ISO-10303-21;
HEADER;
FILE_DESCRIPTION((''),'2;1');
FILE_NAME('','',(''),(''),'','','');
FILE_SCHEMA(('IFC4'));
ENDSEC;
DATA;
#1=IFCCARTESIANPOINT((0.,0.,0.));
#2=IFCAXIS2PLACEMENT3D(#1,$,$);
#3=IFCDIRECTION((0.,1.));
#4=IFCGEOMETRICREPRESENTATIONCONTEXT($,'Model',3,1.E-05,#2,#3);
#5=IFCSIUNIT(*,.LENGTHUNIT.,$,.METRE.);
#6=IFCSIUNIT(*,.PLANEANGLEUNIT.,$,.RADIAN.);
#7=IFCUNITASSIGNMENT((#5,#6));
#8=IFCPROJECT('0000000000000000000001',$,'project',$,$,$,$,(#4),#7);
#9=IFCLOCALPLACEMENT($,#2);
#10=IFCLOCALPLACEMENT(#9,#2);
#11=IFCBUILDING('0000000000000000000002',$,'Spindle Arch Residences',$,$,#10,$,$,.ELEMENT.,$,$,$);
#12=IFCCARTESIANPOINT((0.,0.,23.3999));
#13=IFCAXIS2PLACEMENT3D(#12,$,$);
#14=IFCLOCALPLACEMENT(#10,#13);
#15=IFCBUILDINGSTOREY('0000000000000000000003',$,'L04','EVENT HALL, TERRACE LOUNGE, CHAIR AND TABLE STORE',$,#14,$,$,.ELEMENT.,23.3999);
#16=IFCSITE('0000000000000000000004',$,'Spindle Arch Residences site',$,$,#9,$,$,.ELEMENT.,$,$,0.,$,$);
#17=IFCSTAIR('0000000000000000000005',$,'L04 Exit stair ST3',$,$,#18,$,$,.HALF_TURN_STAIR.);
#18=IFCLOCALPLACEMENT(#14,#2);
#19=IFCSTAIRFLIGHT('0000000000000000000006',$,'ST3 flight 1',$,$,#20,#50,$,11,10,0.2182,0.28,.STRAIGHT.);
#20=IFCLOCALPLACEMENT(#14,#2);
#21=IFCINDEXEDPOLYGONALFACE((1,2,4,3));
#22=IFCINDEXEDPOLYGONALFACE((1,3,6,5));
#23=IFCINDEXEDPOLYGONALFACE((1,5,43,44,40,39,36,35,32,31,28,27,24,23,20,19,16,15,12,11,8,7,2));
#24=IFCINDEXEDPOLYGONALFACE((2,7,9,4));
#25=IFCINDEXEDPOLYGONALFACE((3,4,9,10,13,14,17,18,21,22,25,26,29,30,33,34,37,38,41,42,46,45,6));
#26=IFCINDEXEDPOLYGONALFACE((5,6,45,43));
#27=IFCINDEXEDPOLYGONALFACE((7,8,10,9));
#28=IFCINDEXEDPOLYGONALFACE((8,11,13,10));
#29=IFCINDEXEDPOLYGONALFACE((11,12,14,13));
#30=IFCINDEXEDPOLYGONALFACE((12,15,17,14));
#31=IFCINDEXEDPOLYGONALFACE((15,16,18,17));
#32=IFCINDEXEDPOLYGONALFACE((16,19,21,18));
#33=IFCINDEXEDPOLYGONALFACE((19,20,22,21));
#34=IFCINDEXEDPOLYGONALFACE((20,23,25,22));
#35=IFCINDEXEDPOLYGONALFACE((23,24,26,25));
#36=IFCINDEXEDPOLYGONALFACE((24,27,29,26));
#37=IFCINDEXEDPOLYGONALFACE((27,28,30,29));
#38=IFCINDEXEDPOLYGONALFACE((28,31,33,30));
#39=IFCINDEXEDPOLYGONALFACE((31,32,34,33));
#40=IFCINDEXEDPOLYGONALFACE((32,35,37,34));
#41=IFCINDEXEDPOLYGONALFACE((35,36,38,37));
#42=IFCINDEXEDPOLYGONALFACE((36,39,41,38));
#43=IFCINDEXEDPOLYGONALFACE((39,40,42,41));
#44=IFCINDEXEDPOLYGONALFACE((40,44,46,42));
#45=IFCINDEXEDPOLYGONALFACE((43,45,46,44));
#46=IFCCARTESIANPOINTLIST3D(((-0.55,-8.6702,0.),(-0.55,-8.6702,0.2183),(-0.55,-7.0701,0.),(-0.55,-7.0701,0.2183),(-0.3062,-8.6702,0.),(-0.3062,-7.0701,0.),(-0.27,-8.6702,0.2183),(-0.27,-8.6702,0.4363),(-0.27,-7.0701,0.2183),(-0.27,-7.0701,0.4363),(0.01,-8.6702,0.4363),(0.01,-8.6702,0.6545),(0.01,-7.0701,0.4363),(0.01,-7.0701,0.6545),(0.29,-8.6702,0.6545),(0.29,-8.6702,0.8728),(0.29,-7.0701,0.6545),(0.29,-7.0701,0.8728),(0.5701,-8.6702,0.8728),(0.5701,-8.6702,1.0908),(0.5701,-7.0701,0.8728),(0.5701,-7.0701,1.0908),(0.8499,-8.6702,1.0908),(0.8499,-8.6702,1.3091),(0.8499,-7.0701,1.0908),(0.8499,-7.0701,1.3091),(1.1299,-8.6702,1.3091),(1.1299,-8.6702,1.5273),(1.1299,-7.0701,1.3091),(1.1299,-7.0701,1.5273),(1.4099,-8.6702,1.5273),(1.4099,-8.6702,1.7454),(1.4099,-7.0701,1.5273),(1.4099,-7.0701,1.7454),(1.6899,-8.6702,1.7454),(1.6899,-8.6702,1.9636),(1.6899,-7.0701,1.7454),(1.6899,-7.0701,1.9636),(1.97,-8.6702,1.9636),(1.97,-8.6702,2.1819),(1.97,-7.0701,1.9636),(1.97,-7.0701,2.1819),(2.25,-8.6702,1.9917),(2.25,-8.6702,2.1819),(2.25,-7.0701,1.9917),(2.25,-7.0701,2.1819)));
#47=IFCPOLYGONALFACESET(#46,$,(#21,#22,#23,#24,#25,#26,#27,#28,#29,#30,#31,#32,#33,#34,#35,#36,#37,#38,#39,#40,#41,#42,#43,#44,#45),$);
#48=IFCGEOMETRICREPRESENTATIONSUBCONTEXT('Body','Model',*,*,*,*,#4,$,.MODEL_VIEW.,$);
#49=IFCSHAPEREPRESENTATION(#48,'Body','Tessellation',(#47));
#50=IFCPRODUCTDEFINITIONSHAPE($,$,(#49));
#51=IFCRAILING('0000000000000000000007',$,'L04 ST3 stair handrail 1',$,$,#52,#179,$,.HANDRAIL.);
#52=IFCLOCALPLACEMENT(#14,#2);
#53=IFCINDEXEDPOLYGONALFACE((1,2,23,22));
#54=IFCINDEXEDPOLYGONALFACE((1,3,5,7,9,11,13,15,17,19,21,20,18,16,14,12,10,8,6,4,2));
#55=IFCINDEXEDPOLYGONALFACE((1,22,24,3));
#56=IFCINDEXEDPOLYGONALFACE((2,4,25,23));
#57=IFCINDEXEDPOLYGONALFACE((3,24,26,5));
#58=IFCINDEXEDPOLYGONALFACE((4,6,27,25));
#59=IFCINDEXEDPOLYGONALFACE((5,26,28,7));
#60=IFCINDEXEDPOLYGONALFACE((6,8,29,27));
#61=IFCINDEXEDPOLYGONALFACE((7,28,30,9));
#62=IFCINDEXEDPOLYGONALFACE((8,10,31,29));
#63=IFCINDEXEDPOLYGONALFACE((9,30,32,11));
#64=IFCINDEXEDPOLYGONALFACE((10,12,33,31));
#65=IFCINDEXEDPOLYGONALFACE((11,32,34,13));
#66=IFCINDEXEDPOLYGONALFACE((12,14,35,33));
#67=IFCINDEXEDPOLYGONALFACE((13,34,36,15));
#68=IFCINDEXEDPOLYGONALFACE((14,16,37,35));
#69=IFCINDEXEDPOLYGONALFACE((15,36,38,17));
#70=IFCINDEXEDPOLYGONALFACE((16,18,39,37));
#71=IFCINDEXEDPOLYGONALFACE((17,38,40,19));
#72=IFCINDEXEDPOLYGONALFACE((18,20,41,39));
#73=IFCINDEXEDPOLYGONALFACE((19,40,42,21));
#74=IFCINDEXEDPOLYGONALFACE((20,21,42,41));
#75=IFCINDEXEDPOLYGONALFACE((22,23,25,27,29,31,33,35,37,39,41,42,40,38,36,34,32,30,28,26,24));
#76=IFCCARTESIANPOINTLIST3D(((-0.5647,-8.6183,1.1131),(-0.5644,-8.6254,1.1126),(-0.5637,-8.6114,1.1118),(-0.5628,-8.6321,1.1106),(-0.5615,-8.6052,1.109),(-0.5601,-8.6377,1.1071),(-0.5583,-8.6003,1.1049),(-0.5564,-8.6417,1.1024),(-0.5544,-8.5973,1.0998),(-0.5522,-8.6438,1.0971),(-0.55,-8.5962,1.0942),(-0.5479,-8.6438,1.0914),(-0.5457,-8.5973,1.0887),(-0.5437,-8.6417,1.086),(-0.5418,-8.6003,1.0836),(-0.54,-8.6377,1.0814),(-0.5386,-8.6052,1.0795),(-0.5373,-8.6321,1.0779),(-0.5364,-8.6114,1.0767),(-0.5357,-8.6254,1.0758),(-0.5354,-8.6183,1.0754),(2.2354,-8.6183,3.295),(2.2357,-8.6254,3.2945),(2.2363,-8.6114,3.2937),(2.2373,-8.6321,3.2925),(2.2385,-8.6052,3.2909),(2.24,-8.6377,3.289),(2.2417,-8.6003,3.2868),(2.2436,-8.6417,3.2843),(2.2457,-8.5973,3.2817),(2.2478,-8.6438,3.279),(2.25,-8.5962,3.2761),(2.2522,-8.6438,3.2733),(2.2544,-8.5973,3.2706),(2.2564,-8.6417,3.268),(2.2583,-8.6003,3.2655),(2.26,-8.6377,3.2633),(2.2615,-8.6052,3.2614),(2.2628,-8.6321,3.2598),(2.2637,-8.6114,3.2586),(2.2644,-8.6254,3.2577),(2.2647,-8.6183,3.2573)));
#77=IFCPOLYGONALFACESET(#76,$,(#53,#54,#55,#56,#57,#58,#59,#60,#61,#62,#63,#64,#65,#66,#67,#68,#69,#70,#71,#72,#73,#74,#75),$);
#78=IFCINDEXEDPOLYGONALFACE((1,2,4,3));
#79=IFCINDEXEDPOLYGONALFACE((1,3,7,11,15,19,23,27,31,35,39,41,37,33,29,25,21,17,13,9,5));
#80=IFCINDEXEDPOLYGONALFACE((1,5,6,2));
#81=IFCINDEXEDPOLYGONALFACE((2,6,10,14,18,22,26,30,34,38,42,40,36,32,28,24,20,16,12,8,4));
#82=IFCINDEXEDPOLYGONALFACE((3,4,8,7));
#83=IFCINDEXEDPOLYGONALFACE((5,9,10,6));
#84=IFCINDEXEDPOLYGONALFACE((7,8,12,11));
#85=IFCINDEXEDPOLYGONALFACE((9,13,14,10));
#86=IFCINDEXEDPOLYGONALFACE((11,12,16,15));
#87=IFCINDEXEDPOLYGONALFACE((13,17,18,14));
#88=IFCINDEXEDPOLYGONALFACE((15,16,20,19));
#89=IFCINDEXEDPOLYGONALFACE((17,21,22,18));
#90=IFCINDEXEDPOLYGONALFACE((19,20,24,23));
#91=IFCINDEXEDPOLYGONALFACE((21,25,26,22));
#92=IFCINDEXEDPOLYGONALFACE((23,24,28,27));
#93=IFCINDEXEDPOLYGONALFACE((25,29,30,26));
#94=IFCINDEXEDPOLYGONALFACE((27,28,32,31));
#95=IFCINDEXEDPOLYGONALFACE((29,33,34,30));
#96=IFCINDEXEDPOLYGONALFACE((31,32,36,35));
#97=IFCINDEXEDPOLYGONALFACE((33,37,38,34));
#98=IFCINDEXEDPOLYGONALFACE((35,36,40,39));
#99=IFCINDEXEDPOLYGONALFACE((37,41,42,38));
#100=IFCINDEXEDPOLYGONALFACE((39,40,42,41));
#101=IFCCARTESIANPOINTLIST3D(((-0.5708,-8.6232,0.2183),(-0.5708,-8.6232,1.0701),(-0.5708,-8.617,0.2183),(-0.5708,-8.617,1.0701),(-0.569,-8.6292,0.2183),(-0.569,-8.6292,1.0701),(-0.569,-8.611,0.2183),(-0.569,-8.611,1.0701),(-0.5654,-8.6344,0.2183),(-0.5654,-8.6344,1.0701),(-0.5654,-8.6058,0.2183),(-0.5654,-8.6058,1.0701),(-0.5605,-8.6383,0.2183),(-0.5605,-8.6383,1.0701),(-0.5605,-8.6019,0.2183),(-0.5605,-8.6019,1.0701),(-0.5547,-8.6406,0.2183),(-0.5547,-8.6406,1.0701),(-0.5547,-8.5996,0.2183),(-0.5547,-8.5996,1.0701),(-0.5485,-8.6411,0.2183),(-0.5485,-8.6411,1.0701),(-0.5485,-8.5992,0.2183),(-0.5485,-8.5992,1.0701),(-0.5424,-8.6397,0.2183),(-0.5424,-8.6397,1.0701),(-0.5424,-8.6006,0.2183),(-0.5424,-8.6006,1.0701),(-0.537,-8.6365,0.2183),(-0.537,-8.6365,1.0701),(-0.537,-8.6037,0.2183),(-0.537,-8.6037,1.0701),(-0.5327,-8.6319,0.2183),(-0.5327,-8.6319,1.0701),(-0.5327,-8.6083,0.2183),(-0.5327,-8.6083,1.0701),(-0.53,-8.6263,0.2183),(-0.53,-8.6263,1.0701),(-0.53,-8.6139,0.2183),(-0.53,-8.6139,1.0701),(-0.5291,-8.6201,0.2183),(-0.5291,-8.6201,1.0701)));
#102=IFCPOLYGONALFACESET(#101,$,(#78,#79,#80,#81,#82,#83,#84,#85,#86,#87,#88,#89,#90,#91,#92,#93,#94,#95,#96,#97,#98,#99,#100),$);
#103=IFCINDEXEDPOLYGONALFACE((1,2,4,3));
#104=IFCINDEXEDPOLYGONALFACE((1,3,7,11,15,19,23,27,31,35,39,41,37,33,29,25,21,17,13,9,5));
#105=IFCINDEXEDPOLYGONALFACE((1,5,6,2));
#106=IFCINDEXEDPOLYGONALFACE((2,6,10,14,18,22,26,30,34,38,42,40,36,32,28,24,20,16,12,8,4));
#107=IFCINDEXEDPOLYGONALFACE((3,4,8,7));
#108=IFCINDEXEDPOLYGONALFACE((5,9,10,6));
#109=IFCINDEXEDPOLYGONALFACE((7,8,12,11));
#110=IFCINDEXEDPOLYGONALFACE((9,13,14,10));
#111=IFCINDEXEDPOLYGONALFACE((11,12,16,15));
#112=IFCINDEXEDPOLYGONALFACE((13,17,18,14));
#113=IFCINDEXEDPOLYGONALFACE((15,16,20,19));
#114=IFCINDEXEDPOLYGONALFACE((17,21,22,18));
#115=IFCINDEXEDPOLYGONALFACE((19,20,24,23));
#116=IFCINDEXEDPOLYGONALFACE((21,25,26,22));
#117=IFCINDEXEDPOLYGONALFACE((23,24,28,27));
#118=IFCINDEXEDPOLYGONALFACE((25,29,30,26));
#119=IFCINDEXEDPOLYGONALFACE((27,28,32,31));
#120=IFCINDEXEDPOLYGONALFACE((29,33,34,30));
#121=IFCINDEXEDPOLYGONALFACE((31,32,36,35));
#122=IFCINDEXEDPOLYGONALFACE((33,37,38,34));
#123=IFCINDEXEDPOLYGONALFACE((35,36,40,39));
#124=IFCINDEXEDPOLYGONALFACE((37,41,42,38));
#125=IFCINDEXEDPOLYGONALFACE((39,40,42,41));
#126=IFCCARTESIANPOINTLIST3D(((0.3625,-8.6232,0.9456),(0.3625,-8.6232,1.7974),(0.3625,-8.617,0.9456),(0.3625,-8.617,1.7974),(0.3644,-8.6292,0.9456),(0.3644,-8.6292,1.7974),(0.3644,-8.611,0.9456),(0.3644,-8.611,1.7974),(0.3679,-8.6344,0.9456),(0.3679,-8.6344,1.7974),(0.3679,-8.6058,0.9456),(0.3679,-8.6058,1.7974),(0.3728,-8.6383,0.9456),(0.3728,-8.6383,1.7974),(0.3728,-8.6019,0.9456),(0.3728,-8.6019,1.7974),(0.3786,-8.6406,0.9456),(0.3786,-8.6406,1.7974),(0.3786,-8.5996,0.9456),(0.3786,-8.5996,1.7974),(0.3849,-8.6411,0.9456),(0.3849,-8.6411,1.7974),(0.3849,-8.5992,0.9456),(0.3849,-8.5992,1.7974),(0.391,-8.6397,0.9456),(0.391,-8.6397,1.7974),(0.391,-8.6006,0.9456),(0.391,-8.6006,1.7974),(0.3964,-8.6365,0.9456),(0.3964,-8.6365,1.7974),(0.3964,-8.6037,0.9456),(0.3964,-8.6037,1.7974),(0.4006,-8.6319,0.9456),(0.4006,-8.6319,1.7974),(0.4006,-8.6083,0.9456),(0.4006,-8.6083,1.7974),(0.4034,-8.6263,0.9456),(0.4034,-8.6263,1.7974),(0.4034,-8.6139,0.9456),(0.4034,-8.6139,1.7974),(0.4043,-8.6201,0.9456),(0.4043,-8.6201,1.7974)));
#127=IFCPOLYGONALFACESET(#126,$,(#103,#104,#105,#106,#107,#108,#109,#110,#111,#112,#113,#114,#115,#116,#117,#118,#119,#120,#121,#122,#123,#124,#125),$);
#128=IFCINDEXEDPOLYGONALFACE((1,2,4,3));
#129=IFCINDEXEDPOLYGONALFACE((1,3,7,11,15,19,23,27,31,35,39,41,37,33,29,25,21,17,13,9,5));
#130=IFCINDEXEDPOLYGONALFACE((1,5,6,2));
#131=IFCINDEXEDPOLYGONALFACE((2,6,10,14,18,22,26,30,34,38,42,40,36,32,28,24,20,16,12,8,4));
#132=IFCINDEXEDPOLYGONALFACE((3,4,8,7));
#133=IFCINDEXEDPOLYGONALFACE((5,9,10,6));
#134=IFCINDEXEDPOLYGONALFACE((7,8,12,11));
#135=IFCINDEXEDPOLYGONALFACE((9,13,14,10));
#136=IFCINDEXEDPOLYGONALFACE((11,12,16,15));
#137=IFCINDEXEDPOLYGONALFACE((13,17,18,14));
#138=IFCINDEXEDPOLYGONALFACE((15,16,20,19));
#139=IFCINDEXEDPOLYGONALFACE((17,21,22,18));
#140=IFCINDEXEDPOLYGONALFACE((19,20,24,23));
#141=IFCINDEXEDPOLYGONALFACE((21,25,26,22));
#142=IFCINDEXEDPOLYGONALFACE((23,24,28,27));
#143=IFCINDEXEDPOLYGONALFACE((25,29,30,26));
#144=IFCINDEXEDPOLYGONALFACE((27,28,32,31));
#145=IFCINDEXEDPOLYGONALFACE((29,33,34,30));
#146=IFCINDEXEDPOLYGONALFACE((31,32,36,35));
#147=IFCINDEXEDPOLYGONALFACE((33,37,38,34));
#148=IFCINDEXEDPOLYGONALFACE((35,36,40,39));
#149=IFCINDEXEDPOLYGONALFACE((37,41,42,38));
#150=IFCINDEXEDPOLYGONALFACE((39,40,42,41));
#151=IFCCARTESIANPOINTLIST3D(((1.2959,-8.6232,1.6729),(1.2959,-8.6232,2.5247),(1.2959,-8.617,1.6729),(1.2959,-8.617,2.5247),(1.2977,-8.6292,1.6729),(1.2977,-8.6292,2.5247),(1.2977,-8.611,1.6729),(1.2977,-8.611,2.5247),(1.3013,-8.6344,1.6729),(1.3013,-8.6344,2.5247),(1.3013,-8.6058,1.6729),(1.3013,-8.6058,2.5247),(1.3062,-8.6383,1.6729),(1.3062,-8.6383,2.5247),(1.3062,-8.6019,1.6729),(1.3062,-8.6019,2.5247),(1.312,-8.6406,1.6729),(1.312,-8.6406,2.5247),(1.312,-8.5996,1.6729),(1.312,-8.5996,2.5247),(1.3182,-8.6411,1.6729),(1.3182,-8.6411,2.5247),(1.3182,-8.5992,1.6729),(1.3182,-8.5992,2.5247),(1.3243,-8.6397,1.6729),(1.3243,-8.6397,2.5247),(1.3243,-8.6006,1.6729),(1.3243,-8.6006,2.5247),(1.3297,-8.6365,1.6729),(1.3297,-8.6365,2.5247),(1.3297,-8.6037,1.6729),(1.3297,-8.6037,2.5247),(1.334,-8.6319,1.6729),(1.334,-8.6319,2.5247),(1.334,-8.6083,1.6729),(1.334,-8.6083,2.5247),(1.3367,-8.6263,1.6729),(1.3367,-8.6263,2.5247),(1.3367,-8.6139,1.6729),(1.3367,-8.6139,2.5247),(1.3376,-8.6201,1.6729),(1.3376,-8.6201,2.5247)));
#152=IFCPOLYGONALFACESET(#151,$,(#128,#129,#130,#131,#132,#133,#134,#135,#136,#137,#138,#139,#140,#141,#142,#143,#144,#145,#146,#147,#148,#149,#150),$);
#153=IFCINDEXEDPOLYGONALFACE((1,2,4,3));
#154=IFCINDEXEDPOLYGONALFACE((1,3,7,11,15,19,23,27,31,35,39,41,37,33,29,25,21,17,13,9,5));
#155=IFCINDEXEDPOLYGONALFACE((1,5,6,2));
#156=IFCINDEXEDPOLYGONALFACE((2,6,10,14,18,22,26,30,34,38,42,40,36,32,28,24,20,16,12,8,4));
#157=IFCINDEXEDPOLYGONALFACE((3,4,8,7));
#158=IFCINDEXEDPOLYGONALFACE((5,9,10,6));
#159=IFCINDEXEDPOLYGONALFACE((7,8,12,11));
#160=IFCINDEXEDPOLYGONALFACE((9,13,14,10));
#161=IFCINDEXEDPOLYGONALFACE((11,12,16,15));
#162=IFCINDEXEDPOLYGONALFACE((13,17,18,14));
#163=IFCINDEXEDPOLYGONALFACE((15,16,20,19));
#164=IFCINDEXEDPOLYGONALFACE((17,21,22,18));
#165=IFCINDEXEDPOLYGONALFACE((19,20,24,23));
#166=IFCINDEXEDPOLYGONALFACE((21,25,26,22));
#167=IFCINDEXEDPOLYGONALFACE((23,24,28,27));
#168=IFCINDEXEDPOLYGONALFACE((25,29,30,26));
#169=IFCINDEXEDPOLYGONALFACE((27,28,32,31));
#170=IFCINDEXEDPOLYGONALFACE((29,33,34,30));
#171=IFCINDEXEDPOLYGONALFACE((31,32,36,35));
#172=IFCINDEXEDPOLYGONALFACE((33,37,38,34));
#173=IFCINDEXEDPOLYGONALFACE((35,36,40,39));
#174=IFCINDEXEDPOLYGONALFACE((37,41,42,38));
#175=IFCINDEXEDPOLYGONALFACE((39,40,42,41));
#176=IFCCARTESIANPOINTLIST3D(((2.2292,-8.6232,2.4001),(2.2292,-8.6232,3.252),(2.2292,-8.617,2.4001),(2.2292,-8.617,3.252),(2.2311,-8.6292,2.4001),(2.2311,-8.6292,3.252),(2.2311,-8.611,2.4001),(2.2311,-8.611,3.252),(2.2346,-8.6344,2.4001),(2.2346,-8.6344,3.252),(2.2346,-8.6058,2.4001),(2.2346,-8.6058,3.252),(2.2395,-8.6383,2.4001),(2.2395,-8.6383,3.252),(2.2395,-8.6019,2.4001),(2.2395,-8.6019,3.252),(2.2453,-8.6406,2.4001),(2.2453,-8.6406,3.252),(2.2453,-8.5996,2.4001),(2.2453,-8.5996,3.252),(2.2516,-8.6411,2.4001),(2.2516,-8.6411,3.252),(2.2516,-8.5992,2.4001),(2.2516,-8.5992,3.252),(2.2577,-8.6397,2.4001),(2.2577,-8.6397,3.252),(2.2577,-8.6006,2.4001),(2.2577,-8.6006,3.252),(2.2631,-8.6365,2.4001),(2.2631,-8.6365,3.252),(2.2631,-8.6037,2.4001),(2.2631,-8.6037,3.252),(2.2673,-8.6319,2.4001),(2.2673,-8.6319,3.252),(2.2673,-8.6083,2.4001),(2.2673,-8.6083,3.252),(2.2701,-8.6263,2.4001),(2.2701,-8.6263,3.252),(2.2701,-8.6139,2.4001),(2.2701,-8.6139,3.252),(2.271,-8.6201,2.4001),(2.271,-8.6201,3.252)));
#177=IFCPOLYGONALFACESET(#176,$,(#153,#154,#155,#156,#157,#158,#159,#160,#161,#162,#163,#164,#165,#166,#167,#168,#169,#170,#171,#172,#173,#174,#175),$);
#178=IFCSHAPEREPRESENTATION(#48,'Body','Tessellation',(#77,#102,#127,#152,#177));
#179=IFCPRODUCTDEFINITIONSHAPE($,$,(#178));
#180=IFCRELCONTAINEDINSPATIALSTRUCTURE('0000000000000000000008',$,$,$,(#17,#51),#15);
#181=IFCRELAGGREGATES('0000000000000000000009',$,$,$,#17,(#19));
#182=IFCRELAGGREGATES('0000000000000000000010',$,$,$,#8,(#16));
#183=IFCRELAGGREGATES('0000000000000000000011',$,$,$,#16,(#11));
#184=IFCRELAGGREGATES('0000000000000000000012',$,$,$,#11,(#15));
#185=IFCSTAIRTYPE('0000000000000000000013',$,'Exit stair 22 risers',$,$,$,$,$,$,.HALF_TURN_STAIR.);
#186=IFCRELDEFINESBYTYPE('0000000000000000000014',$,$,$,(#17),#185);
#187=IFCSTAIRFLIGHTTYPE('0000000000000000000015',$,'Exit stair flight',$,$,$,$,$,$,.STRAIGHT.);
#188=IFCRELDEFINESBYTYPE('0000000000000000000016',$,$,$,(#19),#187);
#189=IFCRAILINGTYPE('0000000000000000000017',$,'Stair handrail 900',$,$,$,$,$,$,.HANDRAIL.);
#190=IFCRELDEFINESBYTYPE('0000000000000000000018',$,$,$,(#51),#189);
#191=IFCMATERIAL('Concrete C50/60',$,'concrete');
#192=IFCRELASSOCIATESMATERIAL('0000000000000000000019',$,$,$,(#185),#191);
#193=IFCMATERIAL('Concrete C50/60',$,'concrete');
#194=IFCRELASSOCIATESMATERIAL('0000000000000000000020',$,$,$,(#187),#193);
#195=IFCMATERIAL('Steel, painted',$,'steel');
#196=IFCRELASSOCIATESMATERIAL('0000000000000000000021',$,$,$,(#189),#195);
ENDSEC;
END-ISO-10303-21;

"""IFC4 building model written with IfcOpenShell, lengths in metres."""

from ifc_helpers import new_model, si_unit, direction, frame, origin, origin_2d, place, context, subcontext, project, spatial, polyline, circle, outline, extrude, material, type_object, element, aggregate, save


model = new_model("IFC4")

# Units and contexts
model_context = context("Model", 3, precision=1e-05, world=origin(), true_north=direction((0.0, 1.0)))
body_context = subcontext(model_context, "Body", "Model", "MODEL_VIEW")
ifc_project = project(units=[si_unit("LENGTHUNIT", "METRE"), si_unit("PLANEANGLEUNIT", "RADIAN")], contexts=[model_context])

# Site, building, storey
site_placement = place(None, origin())
site = spatial("IfcSite", under=ifc_project, at=site_placement, Name="Spindle Arch Residences site", CompositionType="ELEMENT", RefElevation=0.0)
building_placement = place(site_placement, origin())
building = spatial("IfcBuilding", under=site, at=building_placement, Name="Spindle Arch Residences", CompositionType="ELEMENT")
storey_placement = place(building_placement, frame((0.0, 0.0, 23.3999)))
storey = spatial("IfcBuildingStorey", under=building, at=storey_placement, Name="L04", Description="EVENT HALL, TERRACE LOUNGE, CHAIR AND TABLE STORE", CompositionType="ELEMENT", Elevation=23.3999)

# Stair, stair flight
ifc_material_1 = material(Name="Concrete C50/60", Category="concrete")
stair_type = type_object("IfcStairType", Name="Exit stair 22 risers", PredefinedType="HALF_TURN_STAIR", material=ifc_material_1)
stair_placement = place(storey_placement, origin())
stair = element("IfcStair", 1, at=stair_placement, inside=storey, type_object=stair_type, Name="L04 Exit stair ST3", PredefinedType="HALF_TURN_STAIR")
ifc_material_2 = material(Name="Concrete C50/60", Category="concrete")
stair_flight_type = type_object("IfcStairFlightType", Name="Exit stair flight", PredefinedType="STRAIGHT", material=ifc_material_2)
stair_flight_placement = place(storey_placement, frame((-0.55, -7.8701, 0.0), z_axis=(0.0, 0.0, 1.0), x_axis=(1.0, 0.0, 0.0)))
stair_flight = element("IfcStairFlight", 2, at=stair_flight_placement, type_object=stair_flight_type, Name="ST3 flight 1", NumberOfRisers=11, NumberOfTreads=10, PredefinedType="STRAIGHT", RiserHeight=0.2182, TreadLength=0.28, context=body_context, shape_type="SweptSolid", body=[
    extrude(outline(polyline([(0.0, 0.0), (0.0, 0.2183), (0.28, 0.2183), (0.28, 0.4363), (0.5601, 0.4363), (0.5601, 0.6545), (0.8401, 0.6545), (0.8401, 0.8728), (1.1201, 0.8728), (1.1201, 1.0908), (1.3999, 1.0908), (1.3999, 1.3091), (1.6799, 1.3091), (1.6799, 1.5273), (1.96, 1.5273), (1.96, 1.7454), (2.24, 1.7454), (2.24, 1.9636), (2.52, 1.9636), (2.52, 2.1819), (2.8, 2.1819), (2.8, 2.3999), (2.8, 1.9917), (0.2439, 0.0), (0.0, 0.0)])), frame((0.0, 0.8, 0.0), z_axis=(0.0, -1.0, 0.0), x_axis=(1.0, 0.0, 0.0)), (0.0, 0.0, 1.0), 1.6001),
])
aggregate(stair, [stair_flight])

# Railing
ifc_material_3 = material(Name="Steel, painted", Category="steel")
railing_type_1 = type_object("IfcRailingType", Name="Stair handrail 900", PredefinedType="HANDRAIL", material=ifc_material_3)
railing_1_placement = place(storey_placement, frame((-0.55, -8.6201, 0.2183)))
element("IfcRailing", 3, at=railing_1_placement, inside=storey, type_object=railing_type_1, Name="L04 ST3 stair handrail 1", PredefinedType="HANDRAIL", context=body_context, shape_type="SweptSolid", body=[
    extrude(circle(Radius=0.0239, at=origin_2d()), frame((0.0, 0.0, 0.876), z_axis=(0.788796, 0.0, 0.614655), x_axis=(0.0, 1.0, 0.0)), (0.0, 0.0, 1.0), 3.5498),
    extrude(circle(Radius=0.021, at=origin_2d()), origin(), (0.0, 0.0, 1.0), 0.8518),
    extrude(circle(Radius=0.021, at=origin_2d()), frame((0.9333, 0.0, 0.7273)), (0.0, 0.0, 1.0), 0.8518),
    extrude(circle(Radius=0.021, at=origin_2d()), frame((1.8667, 0.0, 1.4546)), (0.0, 0.0, 1.0), 0.8518),
    extrude(circle(Radius=0.021, at=origin_2d()), frame((2.8, 0.0, 2.1819)), (0.0, 0.0, 1.0), 0.8518),
])

save(model, "model.ifc")
